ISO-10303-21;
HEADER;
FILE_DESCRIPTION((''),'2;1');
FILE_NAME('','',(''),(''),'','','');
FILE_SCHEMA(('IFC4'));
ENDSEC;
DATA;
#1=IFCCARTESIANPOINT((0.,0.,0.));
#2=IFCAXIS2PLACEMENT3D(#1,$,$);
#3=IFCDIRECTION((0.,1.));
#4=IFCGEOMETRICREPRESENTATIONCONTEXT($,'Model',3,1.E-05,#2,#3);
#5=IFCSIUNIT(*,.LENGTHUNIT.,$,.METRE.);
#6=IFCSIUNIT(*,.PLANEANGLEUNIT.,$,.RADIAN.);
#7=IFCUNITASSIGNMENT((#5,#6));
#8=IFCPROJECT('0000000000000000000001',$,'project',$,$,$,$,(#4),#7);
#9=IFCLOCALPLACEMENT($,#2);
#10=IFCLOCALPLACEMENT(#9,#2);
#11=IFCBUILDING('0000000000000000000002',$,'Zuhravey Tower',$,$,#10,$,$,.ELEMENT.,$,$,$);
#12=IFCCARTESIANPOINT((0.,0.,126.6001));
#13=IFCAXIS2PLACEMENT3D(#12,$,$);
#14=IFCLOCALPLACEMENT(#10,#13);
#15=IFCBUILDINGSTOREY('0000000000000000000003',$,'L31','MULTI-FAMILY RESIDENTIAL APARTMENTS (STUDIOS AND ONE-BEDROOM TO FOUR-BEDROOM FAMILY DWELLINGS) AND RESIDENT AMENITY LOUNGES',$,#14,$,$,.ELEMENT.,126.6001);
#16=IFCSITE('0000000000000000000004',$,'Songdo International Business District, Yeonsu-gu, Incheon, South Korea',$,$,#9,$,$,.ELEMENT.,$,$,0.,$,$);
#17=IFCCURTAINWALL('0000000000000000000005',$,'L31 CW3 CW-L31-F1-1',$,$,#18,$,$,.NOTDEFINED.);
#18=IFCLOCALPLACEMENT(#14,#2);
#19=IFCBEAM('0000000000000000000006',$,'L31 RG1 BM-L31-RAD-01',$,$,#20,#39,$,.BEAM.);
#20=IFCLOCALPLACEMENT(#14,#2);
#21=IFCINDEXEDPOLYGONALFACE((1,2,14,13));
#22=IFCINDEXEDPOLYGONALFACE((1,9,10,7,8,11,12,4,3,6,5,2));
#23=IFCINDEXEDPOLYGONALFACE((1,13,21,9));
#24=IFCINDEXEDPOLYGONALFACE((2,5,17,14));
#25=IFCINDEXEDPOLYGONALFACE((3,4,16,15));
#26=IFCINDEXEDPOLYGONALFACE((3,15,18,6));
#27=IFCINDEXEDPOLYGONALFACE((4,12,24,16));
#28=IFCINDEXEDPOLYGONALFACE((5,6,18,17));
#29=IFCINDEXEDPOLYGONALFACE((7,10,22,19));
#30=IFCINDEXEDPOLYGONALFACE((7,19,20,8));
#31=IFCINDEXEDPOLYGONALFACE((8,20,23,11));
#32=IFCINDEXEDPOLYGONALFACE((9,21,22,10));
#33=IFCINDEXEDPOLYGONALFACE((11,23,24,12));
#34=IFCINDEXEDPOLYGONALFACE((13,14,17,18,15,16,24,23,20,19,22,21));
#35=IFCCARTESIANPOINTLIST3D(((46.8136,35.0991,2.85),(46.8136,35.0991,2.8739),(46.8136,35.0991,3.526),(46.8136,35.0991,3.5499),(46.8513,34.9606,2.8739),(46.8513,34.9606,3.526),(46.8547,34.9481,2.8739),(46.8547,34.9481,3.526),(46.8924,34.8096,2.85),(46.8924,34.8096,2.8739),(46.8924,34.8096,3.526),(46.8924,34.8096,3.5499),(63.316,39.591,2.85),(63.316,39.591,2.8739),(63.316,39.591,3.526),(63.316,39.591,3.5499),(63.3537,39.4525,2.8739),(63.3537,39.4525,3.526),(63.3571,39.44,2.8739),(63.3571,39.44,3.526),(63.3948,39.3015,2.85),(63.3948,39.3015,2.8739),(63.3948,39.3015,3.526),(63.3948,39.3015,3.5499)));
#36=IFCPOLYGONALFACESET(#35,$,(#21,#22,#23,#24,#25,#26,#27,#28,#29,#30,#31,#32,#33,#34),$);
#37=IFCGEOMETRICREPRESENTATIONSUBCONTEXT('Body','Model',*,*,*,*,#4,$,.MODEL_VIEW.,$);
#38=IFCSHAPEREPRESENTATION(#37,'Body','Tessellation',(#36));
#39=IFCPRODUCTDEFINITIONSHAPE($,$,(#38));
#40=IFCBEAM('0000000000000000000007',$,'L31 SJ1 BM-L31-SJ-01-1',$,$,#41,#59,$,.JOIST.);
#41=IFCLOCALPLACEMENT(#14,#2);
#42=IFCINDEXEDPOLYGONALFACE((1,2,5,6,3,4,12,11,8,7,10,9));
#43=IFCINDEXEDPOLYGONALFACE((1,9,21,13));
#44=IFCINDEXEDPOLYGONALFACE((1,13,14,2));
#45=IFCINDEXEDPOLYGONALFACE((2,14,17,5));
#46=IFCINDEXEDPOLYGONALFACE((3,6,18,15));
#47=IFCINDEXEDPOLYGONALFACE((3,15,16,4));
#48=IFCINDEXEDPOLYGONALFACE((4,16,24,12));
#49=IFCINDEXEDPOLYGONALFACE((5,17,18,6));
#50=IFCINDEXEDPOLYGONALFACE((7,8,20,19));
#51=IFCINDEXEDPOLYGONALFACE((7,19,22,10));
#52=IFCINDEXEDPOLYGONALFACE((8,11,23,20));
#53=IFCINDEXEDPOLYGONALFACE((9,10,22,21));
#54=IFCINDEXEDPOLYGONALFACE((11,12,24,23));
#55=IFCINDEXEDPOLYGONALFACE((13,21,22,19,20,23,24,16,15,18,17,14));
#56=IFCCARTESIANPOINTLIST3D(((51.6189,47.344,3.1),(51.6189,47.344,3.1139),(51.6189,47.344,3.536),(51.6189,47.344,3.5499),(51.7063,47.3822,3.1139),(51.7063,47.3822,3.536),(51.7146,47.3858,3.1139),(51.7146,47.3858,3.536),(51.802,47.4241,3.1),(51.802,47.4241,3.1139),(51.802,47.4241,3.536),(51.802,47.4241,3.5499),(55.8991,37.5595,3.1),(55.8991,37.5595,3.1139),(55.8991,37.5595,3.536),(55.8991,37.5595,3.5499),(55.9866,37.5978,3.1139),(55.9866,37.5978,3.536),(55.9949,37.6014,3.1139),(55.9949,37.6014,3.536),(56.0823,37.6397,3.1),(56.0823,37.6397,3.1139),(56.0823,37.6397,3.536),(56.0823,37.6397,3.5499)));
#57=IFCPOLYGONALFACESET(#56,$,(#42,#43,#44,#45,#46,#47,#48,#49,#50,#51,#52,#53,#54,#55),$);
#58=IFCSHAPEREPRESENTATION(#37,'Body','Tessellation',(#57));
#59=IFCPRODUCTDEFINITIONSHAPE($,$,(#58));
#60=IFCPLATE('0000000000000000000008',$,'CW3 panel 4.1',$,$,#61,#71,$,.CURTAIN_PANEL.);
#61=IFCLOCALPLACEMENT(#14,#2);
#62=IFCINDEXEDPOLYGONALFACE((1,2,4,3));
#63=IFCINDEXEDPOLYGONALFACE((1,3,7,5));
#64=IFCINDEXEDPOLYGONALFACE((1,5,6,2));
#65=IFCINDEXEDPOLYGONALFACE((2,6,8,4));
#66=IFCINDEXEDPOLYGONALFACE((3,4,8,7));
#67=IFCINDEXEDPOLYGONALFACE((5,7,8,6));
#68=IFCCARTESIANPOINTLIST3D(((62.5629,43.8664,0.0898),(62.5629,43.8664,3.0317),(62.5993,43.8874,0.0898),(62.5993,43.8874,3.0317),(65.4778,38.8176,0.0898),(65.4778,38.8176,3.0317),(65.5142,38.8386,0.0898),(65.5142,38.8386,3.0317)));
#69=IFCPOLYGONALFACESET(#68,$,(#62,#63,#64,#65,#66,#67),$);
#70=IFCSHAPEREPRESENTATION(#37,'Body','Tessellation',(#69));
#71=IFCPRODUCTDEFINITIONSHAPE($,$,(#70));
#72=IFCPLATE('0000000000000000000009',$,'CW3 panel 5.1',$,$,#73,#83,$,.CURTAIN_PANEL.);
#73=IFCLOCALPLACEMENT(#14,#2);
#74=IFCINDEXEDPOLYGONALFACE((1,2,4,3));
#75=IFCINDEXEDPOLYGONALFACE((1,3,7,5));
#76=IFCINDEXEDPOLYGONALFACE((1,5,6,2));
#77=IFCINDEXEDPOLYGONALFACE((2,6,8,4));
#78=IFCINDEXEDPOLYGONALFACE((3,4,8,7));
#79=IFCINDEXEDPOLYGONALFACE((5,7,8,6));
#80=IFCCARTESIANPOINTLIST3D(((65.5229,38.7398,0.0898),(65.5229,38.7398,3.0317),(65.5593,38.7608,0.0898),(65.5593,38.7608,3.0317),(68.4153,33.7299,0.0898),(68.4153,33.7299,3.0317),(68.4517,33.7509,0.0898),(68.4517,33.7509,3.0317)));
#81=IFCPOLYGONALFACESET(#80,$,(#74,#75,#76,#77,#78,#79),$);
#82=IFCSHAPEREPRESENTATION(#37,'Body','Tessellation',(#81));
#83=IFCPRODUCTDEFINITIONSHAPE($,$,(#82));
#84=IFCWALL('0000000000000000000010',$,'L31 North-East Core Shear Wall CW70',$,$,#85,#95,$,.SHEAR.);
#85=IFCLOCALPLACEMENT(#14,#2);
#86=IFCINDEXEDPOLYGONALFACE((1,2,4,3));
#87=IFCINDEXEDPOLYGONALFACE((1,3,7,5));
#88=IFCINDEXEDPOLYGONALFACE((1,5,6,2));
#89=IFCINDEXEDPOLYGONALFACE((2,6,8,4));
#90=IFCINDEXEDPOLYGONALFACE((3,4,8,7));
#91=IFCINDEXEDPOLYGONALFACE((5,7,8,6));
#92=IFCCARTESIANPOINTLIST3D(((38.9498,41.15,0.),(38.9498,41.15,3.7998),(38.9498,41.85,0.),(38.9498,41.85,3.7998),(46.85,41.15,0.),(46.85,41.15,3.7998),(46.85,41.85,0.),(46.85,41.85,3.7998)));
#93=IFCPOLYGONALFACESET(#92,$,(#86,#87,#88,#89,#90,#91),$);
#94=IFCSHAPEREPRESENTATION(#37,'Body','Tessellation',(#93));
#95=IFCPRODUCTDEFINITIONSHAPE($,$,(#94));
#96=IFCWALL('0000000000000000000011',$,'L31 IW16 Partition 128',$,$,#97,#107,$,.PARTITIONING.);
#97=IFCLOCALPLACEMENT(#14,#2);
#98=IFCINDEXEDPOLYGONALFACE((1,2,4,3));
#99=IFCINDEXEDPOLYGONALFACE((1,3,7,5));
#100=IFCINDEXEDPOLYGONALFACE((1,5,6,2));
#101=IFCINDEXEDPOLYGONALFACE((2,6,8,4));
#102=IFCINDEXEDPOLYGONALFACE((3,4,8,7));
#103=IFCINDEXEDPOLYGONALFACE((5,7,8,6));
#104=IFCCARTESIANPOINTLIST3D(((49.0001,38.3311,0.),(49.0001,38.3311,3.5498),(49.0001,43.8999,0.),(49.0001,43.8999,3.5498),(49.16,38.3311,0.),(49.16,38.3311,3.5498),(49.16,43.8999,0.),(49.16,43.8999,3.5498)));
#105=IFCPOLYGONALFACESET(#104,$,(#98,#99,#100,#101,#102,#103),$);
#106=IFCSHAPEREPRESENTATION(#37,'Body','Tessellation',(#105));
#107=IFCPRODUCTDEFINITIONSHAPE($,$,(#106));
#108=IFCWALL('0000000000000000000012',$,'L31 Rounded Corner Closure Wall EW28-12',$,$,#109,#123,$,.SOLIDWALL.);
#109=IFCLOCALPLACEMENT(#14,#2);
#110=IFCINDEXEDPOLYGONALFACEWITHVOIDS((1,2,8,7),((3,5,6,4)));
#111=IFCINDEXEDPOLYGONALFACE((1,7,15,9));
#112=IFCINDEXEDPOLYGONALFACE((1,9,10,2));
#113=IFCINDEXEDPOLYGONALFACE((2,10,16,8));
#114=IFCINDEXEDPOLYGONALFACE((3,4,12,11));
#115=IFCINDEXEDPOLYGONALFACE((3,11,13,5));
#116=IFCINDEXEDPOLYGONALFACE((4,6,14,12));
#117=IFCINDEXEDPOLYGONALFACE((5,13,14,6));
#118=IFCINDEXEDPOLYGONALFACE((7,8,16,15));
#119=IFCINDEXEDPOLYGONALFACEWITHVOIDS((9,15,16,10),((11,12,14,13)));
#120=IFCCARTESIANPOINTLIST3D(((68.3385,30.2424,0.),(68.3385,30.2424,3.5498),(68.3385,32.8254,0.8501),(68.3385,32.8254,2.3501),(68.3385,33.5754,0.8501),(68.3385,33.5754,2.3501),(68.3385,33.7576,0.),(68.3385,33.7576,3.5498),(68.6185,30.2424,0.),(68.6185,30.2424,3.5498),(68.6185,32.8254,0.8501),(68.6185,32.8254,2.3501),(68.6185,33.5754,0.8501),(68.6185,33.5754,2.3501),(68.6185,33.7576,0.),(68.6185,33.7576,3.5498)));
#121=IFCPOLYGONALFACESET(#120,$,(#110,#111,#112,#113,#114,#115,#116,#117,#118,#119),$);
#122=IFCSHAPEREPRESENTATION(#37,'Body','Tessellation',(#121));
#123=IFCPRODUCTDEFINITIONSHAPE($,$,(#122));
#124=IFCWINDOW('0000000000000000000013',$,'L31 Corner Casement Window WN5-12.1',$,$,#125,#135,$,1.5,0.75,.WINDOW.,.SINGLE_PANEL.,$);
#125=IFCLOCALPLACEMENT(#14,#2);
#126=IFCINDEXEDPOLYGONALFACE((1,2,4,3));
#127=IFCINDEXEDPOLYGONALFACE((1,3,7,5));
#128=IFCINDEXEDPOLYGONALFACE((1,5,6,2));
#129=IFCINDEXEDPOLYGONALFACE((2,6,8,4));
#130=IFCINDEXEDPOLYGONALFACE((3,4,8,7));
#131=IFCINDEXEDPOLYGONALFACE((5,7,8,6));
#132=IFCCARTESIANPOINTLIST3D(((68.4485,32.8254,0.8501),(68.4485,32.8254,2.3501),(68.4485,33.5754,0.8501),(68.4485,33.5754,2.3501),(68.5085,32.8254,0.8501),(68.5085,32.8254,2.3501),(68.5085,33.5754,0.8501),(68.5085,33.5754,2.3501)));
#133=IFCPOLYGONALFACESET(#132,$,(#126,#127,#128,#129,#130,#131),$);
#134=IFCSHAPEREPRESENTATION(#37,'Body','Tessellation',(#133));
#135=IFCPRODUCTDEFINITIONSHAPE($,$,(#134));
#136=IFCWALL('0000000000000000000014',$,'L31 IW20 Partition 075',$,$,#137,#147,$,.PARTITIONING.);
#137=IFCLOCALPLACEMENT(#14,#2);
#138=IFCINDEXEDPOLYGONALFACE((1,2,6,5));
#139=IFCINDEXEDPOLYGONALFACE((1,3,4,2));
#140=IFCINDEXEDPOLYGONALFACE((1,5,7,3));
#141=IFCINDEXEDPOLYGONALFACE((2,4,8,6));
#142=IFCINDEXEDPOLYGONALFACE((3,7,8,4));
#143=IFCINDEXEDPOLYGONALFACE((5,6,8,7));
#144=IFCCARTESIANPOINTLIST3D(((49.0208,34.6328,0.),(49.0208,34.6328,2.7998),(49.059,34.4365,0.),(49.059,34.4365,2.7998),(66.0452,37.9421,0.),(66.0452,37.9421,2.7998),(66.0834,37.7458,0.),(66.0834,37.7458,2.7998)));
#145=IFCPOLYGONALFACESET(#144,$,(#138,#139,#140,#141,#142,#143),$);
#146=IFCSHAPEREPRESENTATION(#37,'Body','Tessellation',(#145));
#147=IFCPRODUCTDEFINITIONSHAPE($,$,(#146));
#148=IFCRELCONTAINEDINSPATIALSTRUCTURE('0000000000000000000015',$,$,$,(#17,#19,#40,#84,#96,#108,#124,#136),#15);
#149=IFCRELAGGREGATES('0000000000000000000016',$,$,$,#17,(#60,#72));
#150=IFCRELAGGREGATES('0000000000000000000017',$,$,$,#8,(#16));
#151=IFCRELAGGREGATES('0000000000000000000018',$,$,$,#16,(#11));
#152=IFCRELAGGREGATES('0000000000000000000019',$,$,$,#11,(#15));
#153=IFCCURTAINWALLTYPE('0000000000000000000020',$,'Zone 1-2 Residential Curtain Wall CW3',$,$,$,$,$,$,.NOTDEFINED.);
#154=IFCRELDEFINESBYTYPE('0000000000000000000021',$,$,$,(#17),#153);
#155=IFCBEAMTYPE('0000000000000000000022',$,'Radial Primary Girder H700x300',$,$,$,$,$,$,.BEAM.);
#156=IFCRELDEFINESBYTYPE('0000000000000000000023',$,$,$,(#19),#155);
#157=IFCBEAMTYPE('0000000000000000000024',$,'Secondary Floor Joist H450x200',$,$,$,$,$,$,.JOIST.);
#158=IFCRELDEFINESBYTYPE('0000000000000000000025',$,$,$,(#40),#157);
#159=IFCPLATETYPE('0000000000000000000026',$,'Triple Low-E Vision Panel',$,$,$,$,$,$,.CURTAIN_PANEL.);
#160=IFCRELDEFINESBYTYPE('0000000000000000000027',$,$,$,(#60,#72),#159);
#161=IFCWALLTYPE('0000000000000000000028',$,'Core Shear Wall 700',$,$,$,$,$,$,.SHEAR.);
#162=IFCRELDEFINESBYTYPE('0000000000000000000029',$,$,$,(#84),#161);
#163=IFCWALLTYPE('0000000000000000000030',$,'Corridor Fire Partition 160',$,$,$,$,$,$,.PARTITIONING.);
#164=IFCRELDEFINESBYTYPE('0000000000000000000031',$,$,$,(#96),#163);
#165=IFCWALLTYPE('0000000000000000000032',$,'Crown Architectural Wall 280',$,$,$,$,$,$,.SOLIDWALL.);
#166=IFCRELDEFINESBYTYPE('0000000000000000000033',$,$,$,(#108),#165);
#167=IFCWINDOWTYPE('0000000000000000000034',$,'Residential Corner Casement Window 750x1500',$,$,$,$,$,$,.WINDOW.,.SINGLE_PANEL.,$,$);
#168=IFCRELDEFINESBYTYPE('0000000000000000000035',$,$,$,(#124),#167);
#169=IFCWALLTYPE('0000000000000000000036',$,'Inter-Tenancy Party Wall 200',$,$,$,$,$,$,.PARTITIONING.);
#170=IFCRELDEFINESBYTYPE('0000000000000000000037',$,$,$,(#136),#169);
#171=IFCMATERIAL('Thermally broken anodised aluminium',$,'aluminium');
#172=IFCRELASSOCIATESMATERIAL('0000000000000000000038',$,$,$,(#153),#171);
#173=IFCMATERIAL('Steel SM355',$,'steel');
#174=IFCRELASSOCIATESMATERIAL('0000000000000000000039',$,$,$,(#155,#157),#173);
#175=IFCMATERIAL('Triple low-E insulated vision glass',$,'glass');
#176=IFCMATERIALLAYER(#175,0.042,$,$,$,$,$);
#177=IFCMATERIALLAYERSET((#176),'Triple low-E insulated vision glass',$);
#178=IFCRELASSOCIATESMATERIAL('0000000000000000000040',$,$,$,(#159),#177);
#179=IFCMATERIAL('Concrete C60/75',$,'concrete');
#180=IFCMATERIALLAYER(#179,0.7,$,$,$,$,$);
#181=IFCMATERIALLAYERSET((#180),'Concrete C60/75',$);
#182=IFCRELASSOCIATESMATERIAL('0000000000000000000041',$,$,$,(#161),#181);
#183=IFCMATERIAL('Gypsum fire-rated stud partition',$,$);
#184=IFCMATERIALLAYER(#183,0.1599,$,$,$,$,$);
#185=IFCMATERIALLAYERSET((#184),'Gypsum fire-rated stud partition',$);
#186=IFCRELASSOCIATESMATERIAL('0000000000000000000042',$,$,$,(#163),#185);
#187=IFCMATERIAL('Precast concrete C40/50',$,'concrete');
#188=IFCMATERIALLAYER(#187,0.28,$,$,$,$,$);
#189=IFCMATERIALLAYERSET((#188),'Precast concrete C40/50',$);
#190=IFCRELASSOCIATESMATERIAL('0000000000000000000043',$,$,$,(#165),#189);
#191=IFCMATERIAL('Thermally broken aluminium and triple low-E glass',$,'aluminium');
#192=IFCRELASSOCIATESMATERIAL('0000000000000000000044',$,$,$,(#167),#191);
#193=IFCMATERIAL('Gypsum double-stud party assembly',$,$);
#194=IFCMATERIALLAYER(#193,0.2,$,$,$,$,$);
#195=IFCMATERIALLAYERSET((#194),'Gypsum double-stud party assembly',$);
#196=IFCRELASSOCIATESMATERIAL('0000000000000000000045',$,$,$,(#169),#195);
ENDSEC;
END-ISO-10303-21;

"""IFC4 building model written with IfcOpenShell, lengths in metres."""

from ifc_helpers import new_model, si_unit, direction, frame, frame_2d, origin, origin_2d, place, context, subcontext, project, spatial, rectangle, i_section, extrude, material, layer, layer_set, material_profile, profile_set, type_object, element, fill, aggregate, save


model = new_model("IFC4")

# Units and contexts
model_context = context("Model", 3, precision=1e-05, world=origin(), true_north=direction((0.0, 1.0)))
body_context = subcontext(model_context, "Body", "Model", "MODEL_VIEW")
ifc_project = project(units=[si_unit("LENGTHUNIT", "METRE"), si_unit("PLANEANGLEUNIT", "RADIAN")], contexts=[model_context])

# Site, building, storey
site_placement = place(None, origin())
site = spatial("IfcSite", under=ifc_project, at=site_placement, Name="Songdo International Business District, Yeonsu-gu, Incheon, South Korea", CompositionType="ELEMENT", RefElevation=0.0)
building_placement = place(site_placement, origin())
building = spatial("IfcBuilding", under=site, at=building_placement, Name="Zuhravey Tower", CompositionType="ELEMENT")
storey_placement = place(building_placement, frame((0.0, 0.0, 126.6001)))
storey = spatial("IfcBuildingStorey", under=building, at=storey_placement, Name="L31", Description="MULTI-FAMILY RESIDENTIAL APARTMENTS (STUDIOS AND ONE-BEDROOM TO FOUR-BEDROOM FAMILY DWELLINGS) AND RESIDENT AMENITY LOUNGES", CompositionType="ELEMENT", Elevation=126.6001)

# Shared definitions
ifc_material_1 = material(Name="Concrete C60/75", Category="concrete")

# Curtain wall
ifc_material_2 = material(Name="Thermally broken anodised aluminium", Category="aluminium")
curtain_wall_type = type_object("IfcCurtainWallType", Name="Zone 1-2 Residential Curtain Wall CW3", PredefinedType="NOTDEFINED", material=ifc_material_2)
curtain_wall_placement = place(storey_placement, origin())
curtain_wall = element("IfcCurtainWall", 1, at=curtain_wall_placement, inside=storey, type_object=curtain_wall_type, Name="L31 CW3 CW-L31-F1-1", PredefinedType="NOTDEFINED")

# Beams
ifc_material_3 = material(Name="Steel SM355", Category="steel")
ifc_material_profile_1 = material_profile(ifc_material_3, i_section(OverallWidth=0.3, OverallDepth=0.7, WebThickness=0.0129, FlangeThickness=0.0239, at=origin_2d()), Name="H-700x300x13x24")
ifc_profile_set_1 = profile_set([ifc_material_profile_1], Name="Steel SM355")
beam_type_1 = type_object("IfcBeamType", Name="Radial Primary Girder H700x300", PredefinedType="BEAM", material=ifc_profile_set_1)
beam_1_placement = place(storey_placement, frame((46.853, 34.9543, 3.2), z_axis=(0.964893, 0.262643, 0.0), x_axis=(-0.262643, 0.964893, 0.0)))
element("IfcBeam", 2, at=beam_1_placement, inside=storey, type_object=beam_type_1, Name="L31 RG1 BM-L31-RAD-01", PredefinedType="BEAM", context=body_context, shape_type="SweptSolid", body=[
    extrude(i_section(OverallWidth=0.3, OverallDepth=0.7, WebThickness=0.0129, FlangeThickness=0.0239, at=origin_2d()), origin(), (0.0, 0.0, 1.0), 17.1028),
])
ifc_material_profile_2 = material_profile(ifc_material_3, i_section(OverallWidth=0.2, OverallDepth=0.45, WebThickness=0.009, FlangeThickness=0.0139, at=origin_2d()), Name="H-450x200x9x14")
ifc_profile_set_2 = profile_set([ifc_material_profile_2], Name="Steel SM355")
beam_type_2 = type_object("IfcBeamType", Name="Secondary Floor Joist H450x200", PredefinedType="JOIST", material=ifc_profile_set_2)
beam_2_placement = place(storey_placement, frame((55.9907, 37.5996, 3.325), z_axis=(-0.400786, 0.916172, 0.0), x_axis=(-0.916172, -0.400786, 0.0)))
element("IfcBeam", 3, at=beam_2_placement, inside=storey, type_object=beam_type_2, Name="L31 SJ1 BM-L31-SJ-01-1", PredefinedType="JOIST", context=body_context, shape_type="SweptSolid", body=[
    extrude(i_section(OverallWidth=0.2, OverallDepth=0.45, WebThickness=0.009, FlangeThickness=0.0139, at=origin_2d()), origin(), (0.0, 0.0, 1.0), 10.6797),
])

# Plates
ifc_material_4 = material(Name="Triple low-E insulated vision glass", Category="glass")
ifc_layer_1 = layer(ifc_material_4, 0.042)
ifc_layer_set_1 = layer_set([ifc_layer_1], Name="Triple low-E insulated vision glass")
plate_type = type_object("IfcPlateType", Name="Triple Low-E Vision Panel", PredefinedType="CURTAIN_PANEL", material=ifc_layer_set_1)
plate_1_placement = place(storey_placement, frame((64.0386, 41.3525, 0.0898), z_axis=(0.0, 0.0, 1.0), x_axis=(0.5, -0.866026, 0.0)))
plate_1 = element("IfcPlate", 4, at=plate_1_placement, type_object=plate_type, Name="CW3 panel 4.1", PredefinedType="CURTAIN_PANEL", context=body_context, shape_type="SweptSolid", body=[
    extrude(rectangle(XDim=5.8298, YDim=0.042, at=origin_2d()), origin(), (0.0, 0.0, 1.0), 2.9419),
])
plate_2_placement = place(storey_placement, frame((66.9873, 36.2454, 0.0898), z_axis=(0.0, 0.0, 1.0), x_axis=(0.5, -0.866026, 0.0)))
plate_2 = element("IfcPlate", 5, at=plate_2_placement, type_object=plate_type, Name="CW3 panel 5.1", PredefinedType="CURTAIN_PANEL", context=body_context, shape_type="SweptSolid", body=[
    extrude(rectangle(XDim=5.7849, YDim=0.042, at=origin_2d()), origin(), (0.0, 0.0, 1.0), 2.9419),
])
aggregate(curtain_wall, [plate_1, plate_2])

# Wall
ifc_layer_2 = layer(ifc_material_1, 0.7)
ifc_layer_set_2 = layer_set([ifc_layer_2], Name="Concrete C60/75")
wall_type_1 = type_object("IfcWallType", Name="Core Shear Wall 700", PredefinedType="SHEAR", material=ifc_layer_set_2)
wall_1_placement = place(storey_placement, frame((46.8501, 41.5, 0.0), z_axis=(0.0, 0.0, 1.0), x_axis=(-1.0, 0.0, 0.0)))
element("IfcWall", 6, at=wall_1_placement, inside=storey, type_object=wall_type_1, Name="L31 North-East Core Shear Wall CW70", PredefinedType="SHEAR", context=body_context, shape_type="SweptSolid", body=[
    extrude(rectangle(XDim=7.9001, YDim=0.7, at=frame_2d((3.9502, 0.0))), origin(), (0.0, 0.0, 1.0), 3.7998),
])

# Shared definitions
ifc_material_5 = material(Name="Gypsum fire-rated stud partition")
ifc_layer_3 = layer(ifc_material_5, 0.1599)
ifc_layer_set_3 = layer_set([ifc_layer_3], Name="Gypsum fire-rated stud partition")
wall_type_2 = type_object("IfcWallType", Name="Corridor Fire Partition 160", PredefinedType="PARTITIONING", material=ifc_layer_set_3)

# Wall
wall_2_placement = place(storey_placement, frame((49.0801, 38.3311, 0.0), z_axis=(0.0, 0.0, 1.0), x_axis=(0.0, 1.0, 0.0)))
element("IfcWall", 7, at=wall_2_placement, inside=storey, type_object=wall_type_2, Name="L31 IW16 Partition 128", PredefinedType="PARTITIONING", context=body_context, shape_type="SweptSolid", body=[
    extrude(rectangle(XDim=5.5688, YDim=0.1599, at=frame_2d((2.7844, 0.0))), origin(), (0.0, 0.0, 1.0), 3.5498),
])

# Wall, opening, window
ifc_material_6 = material(Name="Precast concrete C40/50", Category="concrete")
ifc_layer_4 = layer(ifc_material_6, 0.28)
ifc_layer_set_4 = layer_set([ifc_layer_4], Name="Precast concrete C40/50")
wall_type_3 = type_object("IfcWallType", Name="Crown Architectural Wall 280", PredefinedType="SOLIDWALL", material=ifc_layer_set_4)
wall_3_placement = place(storey_placement, frame((68.4785, 33.7576, 0.0), z_axis=(0.0, 0.0, 1.0), x_axis=(0.0, -1.0, 0.0)))
wall_3 = element("IfcWall", 8, at=wall_3_placement, inside=storey, type_object=wall_type_3, Name="L31 Rounded Corner Closure Wall EW28-12", PredefinedType="SOLIDWALL", context=body_context, shape_type="SweptSolid", body=[
    extrude(rectangle(XDim=3.5151, YDim=0.28, at=frame_2d((1.7576, 0.0))), origin(), (0.0, 0.0, 1.0), 3.5498),
])
opening_1_placement = place(wall_3_placement, frame((0.1821, 0.0, 0.8501)))
opening_1 = element("IfcOpeningElement", 9, at=opening_1_placement, cuts=wall_3, PredefinedType="OPENING", context=body_context, shape_type="SweptSolid", body=[
    extrude(rectangle(XDim=0.75, YDim=1.5, at=frame_2d((0.375, 0.75))), frame((0.0, 0.1521, 0.0), z_axis=(0.0, -1.0, 0.0), x_axis=(1.0, 0.0, 0.0)), (0.0, 0.0, 1.0), 0.304),
])
ifc_material_7 = material(Name="Thermally broken aluminium and triple low-E glass", Category="aluminium")
window_type = type_object("IfcWindowType", Name="Residential Corner Casement Window 750x1500", PartitioningType="SINGLE_PANEL", PredefinedType="WINDOW", material=ifc_material_7)
window_placement = place(opening_1_placement, origin())
window = element("IfcWindow", 10, at=window_placement, inside=storey, type_object=window_type, Name="L31 Corner Casement Window WN5-12.1", OverallHeight=1.5, OverallWidth=0.75, PartitioningType="SINGLE_PANEL", PredefinedType="WINDOW", context=body_context, shape_type="SweptSolid", body=[
    extrude(rectangle(XDim=0.75, YDim=1.5, at=frame_2d((0.375, 0.75))), frame((0.0, 0.03, 0.0), z_axis=(0.0, -1.0, 0.0), x_axis=(1.0, 0.0, 0.0)), (0.0, 0.0, 1.0), 0.0601),
])
fill(opening_1, window)

# Wall
ifc_material_8 = material(Name="Gypsum double-stud party assembly")
ifc_layer_5 = layer(ifc_material_8, 0.2)
ifc_layer_set_5 = layer_set([ifc_layer_5], Name="Gypsum double-stud party assembly")
wall_type_4 = type_object("IfcWallType", Name="Inter-Tenancy Party Wall 200", PredefinedType="PARTITIONING", material=ifc_layer_set_5)
wall_4_placement = place(storey_placement, frame((49.04, 34.5347, 0.0), z_axis=(0.0, 0.0, 1.0), x_axis=(0.981626, 0.190815, 0.0)))
element("IfcWall", 11, at=wall_4_placement, inside=storey, type_object=wall_type_4, Name="L31 IW20 Partition 075", PredefinedType="PARTITIONING", context=body_context, shape_type="SweptSolid", body=[
    extrude(rectangle(XDim=17.343, YDim=0.2, at=frame_2d((8.6714, 0.0))), origin(), (0.0, 0.0, 1.0), 2.7998),
])

save(model, "model.ifc")
